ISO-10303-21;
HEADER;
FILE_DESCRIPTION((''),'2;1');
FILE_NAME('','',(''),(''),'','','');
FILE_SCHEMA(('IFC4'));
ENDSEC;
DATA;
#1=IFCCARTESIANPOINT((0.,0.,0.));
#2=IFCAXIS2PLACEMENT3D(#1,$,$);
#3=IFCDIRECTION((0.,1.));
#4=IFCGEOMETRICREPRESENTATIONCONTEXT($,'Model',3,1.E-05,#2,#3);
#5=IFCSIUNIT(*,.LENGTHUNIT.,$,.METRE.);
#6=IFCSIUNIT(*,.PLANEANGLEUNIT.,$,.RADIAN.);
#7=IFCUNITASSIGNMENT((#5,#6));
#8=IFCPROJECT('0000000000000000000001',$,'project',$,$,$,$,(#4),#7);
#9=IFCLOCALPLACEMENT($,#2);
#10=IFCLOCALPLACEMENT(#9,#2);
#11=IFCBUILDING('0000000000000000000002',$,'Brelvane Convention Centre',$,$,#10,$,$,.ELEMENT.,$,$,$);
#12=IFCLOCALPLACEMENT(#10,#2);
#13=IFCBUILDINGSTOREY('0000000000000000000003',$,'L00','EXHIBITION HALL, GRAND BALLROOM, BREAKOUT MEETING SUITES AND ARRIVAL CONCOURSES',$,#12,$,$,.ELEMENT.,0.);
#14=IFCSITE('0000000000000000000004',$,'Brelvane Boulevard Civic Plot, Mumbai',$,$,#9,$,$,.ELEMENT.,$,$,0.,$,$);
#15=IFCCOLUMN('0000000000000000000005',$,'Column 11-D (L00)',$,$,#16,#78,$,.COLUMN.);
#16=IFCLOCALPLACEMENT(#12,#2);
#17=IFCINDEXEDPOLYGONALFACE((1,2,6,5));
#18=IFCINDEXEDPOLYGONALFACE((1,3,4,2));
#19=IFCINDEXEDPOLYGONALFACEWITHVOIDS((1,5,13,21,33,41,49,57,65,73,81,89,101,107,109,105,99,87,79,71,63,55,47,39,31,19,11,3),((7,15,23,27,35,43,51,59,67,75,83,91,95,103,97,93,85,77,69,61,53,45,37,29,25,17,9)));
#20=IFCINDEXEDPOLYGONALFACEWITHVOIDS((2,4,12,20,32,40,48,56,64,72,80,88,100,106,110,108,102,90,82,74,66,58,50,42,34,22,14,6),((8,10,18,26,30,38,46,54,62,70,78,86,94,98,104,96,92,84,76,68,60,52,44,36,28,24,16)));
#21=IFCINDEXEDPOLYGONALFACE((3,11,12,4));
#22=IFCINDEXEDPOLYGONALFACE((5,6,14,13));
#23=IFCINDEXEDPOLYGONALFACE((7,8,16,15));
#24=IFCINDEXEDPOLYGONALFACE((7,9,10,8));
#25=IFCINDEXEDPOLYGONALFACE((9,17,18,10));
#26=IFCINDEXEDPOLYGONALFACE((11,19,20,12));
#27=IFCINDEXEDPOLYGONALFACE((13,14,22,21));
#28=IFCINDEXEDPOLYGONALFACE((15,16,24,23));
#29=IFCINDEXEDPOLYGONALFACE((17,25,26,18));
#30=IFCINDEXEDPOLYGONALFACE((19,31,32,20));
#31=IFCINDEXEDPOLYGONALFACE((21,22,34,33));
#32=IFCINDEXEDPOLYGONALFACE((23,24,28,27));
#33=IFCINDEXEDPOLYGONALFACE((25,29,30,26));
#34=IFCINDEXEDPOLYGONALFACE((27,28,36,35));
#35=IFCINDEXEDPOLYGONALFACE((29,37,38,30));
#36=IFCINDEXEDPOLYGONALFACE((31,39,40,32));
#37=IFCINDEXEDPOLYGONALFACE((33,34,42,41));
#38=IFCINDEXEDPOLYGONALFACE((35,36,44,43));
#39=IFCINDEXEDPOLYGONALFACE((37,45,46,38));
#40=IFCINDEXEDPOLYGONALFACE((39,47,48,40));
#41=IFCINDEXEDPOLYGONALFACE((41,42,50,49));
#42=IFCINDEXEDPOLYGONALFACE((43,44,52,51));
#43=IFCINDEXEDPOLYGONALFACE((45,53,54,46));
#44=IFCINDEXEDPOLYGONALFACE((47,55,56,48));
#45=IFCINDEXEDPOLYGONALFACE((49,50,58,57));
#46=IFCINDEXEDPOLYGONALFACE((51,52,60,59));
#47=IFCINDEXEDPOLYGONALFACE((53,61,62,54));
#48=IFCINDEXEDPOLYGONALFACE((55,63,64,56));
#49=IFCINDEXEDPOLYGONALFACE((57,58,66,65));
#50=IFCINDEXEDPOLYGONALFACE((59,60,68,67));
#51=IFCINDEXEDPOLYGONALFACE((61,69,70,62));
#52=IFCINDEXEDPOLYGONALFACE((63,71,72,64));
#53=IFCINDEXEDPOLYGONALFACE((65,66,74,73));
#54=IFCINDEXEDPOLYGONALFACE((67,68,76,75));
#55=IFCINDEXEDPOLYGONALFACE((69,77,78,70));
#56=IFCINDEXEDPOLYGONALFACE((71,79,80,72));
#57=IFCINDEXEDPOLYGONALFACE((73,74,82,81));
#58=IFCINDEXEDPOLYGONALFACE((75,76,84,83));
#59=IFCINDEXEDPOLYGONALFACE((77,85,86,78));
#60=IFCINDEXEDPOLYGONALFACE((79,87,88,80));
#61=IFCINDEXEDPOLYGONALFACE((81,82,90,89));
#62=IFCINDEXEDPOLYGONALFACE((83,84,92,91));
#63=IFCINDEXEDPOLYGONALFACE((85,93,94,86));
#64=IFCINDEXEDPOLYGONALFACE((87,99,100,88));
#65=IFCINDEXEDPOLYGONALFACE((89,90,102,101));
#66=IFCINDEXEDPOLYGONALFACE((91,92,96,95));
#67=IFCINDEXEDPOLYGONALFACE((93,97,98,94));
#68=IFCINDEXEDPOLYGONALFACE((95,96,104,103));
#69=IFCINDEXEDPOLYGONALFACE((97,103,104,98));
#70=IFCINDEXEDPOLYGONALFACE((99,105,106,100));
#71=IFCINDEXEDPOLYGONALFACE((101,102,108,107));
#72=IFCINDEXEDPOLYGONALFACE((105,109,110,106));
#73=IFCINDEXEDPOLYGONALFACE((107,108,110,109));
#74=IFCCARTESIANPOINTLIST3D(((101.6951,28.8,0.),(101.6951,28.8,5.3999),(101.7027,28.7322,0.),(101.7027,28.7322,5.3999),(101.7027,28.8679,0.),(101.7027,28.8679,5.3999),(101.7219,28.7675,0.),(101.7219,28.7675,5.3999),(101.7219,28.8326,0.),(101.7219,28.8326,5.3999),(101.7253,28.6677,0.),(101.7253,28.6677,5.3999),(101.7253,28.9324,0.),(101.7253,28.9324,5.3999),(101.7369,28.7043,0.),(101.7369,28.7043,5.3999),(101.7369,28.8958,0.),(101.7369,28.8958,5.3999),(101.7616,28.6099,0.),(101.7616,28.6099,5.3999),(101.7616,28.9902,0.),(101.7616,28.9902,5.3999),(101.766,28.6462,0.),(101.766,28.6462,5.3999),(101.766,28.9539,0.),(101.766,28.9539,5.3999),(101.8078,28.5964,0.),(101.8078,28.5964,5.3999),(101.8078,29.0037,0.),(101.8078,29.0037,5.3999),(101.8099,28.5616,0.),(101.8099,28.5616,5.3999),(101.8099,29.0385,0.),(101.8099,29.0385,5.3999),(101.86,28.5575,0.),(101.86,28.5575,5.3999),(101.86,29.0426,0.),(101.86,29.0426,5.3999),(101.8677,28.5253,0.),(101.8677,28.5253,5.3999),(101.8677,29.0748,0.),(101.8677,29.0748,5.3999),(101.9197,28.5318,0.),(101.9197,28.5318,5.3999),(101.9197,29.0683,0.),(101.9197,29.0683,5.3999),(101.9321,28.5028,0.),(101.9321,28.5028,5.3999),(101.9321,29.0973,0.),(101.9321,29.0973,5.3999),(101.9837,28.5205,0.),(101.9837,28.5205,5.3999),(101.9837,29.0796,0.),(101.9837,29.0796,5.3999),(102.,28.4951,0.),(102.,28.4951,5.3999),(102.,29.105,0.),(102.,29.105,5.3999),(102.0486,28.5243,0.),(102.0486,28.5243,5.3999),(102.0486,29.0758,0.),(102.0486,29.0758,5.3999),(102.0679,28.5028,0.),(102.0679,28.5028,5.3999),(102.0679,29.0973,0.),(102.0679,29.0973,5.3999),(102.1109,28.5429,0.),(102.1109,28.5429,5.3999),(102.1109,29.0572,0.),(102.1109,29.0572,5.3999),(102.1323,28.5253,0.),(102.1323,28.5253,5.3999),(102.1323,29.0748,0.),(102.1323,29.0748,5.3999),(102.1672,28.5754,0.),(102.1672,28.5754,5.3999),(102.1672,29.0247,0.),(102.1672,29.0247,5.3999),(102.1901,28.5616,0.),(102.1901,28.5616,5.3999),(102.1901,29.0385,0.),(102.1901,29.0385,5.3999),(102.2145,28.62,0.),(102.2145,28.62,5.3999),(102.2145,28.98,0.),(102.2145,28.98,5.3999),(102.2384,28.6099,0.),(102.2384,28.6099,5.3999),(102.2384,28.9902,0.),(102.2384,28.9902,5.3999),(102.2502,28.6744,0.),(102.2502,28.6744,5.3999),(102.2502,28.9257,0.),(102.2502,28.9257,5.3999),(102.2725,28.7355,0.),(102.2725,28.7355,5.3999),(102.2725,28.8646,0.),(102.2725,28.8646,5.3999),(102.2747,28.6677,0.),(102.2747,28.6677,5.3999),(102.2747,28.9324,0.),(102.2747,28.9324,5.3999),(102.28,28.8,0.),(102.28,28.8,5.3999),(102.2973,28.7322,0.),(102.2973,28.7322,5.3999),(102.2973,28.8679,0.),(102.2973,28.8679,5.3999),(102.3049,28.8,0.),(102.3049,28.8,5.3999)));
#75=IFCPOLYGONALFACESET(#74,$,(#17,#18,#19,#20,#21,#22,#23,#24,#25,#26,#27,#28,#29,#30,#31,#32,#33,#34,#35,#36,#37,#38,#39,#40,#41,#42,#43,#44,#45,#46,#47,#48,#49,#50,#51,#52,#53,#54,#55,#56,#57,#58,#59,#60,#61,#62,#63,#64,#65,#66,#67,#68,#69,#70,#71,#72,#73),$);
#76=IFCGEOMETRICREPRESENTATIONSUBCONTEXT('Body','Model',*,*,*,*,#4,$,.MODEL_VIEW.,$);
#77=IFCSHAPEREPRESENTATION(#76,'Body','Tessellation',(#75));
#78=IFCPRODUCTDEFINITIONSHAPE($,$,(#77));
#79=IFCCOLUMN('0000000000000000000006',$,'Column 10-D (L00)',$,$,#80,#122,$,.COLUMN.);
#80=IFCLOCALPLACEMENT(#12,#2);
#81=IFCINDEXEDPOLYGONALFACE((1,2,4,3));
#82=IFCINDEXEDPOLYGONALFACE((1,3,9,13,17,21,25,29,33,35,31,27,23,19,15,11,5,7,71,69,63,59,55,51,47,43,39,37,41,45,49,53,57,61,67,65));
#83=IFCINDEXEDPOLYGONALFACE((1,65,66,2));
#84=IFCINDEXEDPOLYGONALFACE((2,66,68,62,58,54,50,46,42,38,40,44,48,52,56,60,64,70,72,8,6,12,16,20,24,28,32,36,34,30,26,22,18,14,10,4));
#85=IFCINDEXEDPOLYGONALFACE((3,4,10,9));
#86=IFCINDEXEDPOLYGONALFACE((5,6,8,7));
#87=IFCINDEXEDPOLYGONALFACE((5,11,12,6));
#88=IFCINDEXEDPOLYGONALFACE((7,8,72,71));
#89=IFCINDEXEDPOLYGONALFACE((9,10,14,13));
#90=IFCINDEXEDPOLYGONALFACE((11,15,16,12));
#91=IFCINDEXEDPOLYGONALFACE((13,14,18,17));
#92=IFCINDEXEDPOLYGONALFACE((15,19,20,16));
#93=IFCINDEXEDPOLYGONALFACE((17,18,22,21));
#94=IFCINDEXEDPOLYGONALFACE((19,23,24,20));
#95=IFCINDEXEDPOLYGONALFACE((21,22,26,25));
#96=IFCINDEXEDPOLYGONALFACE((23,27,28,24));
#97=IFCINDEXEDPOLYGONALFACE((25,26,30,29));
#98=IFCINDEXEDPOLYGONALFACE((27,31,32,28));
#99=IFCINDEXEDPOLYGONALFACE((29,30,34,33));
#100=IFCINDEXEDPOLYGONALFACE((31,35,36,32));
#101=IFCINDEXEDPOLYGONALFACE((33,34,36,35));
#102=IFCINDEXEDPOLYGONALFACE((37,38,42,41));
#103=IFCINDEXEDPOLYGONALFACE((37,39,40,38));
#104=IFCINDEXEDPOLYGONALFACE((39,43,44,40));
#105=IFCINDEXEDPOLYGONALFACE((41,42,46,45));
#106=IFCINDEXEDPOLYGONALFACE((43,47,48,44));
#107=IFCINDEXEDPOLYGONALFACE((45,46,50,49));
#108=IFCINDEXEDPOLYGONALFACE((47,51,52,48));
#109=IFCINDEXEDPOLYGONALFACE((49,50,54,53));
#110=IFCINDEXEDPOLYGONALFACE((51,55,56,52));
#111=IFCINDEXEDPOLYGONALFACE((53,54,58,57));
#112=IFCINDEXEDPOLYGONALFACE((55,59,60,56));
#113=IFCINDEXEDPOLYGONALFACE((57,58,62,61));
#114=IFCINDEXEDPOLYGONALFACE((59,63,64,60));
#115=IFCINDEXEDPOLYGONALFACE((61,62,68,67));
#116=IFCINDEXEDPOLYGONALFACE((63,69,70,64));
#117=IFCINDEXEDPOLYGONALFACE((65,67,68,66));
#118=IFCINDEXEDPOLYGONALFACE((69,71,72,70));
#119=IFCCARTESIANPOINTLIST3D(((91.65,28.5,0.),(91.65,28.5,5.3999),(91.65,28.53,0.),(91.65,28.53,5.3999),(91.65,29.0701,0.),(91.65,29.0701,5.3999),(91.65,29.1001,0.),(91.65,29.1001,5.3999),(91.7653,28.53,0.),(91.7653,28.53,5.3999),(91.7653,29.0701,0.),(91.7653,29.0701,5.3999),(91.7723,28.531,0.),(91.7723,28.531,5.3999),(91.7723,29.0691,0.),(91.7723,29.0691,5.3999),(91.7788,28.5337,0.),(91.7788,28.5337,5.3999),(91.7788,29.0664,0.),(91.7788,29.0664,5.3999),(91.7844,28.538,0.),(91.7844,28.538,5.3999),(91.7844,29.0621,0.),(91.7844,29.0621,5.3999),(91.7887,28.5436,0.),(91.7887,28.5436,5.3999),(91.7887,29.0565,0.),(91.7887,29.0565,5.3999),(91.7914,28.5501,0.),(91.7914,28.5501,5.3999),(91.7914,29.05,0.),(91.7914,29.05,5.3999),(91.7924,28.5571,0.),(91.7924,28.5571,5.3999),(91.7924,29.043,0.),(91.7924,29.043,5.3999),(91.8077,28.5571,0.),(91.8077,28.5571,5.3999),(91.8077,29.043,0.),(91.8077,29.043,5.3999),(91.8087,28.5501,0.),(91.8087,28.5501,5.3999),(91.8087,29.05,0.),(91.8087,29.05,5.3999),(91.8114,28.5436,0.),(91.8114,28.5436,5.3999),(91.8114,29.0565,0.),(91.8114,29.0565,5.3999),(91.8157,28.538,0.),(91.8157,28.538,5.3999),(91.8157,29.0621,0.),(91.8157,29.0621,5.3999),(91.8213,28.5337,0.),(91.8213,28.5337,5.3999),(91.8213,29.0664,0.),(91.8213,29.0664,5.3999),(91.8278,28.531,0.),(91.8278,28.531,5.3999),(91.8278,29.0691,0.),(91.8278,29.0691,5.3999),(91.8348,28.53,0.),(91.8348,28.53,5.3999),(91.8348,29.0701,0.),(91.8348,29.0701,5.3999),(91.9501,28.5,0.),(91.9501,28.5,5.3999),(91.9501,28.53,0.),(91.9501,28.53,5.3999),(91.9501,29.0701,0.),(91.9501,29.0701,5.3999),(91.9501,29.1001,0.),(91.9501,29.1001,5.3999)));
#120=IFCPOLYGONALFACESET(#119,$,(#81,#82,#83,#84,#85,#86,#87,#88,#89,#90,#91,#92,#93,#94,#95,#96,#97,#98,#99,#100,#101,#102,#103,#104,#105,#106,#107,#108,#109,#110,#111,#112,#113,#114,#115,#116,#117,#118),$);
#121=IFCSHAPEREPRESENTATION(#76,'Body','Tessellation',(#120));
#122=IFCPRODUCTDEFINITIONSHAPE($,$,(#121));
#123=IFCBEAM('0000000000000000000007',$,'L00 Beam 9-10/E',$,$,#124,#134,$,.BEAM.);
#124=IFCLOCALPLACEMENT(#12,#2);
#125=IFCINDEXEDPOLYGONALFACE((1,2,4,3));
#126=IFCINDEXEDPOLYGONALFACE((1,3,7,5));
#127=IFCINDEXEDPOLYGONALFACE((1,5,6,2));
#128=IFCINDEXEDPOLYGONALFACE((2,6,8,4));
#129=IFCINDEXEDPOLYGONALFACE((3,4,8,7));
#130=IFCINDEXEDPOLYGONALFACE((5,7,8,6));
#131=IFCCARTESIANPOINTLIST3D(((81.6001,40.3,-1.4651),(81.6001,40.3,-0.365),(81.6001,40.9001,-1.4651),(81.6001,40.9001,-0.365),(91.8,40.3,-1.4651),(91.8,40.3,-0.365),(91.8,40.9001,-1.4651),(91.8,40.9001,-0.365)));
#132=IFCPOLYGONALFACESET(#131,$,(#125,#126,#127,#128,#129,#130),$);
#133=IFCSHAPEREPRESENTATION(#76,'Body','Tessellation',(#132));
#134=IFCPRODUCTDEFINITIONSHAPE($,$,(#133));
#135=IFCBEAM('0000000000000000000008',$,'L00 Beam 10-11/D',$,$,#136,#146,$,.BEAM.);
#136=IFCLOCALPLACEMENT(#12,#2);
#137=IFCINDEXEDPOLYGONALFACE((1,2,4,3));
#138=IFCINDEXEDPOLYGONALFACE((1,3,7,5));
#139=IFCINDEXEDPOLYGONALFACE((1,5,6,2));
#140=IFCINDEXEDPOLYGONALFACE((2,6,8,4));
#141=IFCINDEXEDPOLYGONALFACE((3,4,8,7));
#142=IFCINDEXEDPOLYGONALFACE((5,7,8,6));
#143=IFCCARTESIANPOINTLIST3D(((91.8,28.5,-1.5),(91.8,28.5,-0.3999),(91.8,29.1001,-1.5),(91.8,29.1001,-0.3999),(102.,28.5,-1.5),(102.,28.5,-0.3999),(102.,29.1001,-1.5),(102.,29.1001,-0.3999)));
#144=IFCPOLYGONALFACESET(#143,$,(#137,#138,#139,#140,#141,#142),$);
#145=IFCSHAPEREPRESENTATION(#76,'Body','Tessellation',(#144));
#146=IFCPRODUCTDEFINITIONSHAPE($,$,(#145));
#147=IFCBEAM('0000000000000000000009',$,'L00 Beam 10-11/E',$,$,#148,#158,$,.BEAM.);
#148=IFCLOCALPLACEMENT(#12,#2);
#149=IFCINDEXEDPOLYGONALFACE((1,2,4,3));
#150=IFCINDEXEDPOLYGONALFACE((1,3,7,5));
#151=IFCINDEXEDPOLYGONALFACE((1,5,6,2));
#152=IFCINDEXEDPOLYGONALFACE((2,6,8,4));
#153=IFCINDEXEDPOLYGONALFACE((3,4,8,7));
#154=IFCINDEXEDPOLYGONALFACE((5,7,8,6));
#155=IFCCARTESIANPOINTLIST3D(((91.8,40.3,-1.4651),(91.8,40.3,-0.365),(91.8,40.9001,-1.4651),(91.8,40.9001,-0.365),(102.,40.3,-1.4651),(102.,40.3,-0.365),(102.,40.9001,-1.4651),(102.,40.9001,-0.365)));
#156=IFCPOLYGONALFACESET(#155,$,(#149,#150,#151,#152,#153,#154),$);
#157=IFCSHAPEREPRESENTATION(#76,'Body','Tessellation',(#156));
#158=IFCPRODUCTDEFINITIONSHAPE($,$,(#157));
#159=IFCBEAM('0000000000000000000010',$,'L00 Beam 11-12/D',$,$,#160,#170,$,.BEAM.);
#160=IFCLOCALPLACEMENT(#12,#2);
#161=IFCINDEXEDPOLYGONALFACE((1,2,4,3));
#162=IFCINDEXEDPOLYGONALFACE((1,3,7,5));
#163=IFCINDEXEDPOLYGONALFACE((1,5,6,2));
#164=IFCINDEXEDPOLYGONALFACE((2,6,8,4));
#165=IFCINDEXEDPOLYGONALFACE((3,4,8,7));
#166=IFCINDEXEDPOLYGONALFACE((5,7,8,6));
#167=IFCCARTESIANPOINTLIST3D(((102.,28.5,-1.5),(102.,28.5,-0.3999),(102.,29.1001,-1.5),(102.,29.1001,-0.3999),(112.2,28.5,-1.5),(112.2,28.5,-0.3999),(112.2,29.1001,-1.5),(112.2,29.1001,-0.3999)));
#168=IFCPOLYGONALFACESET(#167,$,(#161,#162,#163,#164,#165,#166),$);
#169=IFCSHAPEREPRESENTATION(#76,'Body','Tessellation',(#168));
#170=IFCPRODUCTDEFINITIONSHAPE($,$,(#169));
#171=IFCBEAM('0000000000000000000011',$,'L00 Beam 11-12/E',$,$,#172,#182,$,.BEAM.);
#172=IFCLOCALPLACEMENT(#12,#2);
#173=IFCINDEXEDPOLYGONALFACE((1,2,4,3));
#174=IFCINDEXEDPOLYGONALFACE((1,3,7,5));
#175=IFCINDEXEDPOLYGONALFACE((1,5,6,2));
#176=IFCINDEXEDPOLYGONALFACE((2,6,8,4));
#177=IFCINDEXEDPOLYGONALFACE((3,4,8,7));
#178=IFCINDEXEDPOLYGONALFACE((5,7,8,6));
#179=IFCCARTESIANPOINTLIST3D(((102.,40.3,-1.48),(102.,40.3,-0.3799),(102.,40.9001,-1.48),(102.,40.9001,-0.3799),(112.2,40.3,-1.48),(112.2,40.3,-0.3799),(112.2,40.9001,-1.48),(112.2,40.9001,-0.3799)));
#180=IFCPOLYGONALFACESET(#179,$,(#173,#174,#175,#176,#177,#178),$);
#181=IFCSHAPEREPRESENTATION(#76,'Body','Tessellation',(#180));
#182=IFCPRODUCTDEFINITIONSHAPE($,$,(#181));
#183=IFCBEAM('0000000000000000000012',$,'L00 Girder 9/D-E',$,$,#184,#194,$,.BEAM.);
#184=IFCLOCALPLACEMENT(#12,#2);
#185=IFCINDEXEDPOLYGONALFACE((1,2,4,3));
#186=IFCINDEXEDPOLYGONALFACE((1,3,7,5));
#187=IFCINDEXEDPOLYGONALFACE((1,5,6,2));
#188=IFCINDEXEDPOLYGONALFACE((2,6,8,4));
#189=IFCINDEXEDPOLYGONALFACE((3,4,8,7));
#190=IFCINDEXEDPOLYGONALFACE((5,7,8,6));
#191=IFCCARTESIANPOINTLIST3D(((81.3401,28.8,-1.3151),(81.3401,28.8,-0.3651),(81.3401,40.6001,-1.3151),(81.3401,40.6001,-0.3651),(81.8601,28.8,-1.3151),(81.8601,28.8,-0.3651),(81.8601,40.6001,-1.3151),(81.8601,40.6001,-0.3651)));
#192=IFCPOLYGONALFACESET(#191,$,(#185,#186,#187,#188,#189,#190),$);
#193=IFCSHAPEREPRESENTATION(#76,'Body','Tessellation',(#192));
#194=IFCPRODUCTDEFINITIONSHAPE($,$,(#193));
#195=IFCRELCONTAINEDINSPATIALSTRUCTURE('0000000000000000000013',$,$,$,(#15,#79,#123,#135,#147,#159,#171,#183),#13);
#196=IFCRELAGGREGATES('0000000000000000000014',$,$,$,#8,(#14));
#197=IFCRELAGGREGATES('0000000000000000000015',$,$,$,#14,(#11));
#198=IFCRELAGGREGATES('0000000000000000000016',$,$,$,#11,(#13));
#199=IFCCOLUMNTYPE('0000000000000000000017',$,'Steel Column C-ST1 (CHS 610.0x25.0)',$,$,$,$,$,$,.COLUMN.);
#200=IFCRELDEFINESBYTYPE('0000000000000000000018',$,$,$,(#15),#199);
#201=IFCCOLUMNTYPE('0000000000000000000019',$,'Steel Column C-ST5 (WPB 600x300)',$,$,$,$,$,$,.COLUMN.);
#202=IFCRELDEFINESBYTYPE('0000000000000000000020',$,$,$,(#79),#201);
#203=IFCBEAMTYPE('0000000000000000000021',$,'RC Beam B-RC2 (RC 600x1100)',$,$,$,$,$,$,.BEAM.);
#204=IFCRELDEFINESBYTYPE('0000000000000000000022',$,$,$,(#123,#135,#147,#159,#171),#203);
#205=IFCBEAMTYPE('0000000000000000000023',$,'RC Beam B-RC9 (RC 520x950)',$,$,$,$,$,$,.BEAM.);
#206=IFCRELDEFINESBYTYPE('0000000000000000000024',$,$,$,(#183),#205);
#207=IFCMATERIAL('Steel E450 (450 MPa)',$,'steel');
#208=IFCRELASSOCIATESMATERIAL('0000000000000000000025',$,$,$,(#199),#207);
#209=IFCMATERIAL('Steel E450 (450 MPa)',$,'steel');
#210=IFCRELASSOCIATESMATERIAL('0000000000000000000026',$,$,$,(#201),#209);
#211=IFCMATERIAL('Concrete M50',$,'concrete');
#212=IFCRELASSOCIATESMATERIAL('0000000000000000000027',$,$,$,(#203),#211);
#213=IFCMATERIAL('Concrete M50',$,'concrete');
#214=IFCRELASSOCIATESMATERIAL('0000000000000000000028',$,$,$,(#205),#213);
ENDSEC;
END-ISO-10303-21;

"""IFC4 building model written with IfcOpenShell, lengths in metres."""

from ifc_helpers import new_model, si_unit, direction, frame, origin, origin_2d, place, context, subcontext, project, spatial, rectangle, hollow_circle, i_section, extrude, material, material_profile, profile_set, type_object, element, save


model = new_model("IFC4")

# Units and contexts
model_context = context("Model", 3, precision=1e-05, world=origin(), true_north=direction((0.0, 1.0)))
body_context = subcontext(model_context, "Body", "Model", "MODEL_VIEW")
ifc_project = project(units=[si_unit("LENGTHUNIT", "METRE"), si_unit("PLANEANGLEUNIT", "RADIAN")], contexts=[model_context])

# Site, building, storey
site_placement = place(None, origin())
site = spatial("IfcSite", under=ifc_project, at=site_placement, Name="Brelvane Boulevard Civic Plot, Mumbai", CompositionType="ELEMENT", RefElevation=0.0)
building_placement = place(site_placement, origin())
building = spatial("IfcBuilding", under=site, at=building_placement, Name="Brelvane Convention Centre", CompositionType="ELEMENT")
storey_placement = place(building_placement, origin())
storey = spatial("IfcBuildingStorey", under=building, at=storey_placement, Name="L00", Description="EXHIBITION HALL, GRAND BALLROOM, BREAKOUT MEETING SUITES AND ARRIVAL CONCOURSES", CompositionType="ELEMENT", Elevation=0.0)

# Columns
ifc_material_1 = material(Name="Steel E450 (450 MPa)", Category="steel")
ifc_material_profile_1 = material_profile(ifc_material_1, hollow_circle(Radius=0.3049, WallThickness=0.0249, at=origin_2d()), Name="CHS 610.0x25.0")
ifc_profile_set_1 = profile_set([ifc_material_profile_1], Name="Steel E450 (450 MPa)")
column_type_1 = type_object("IfcColumnType", Name="Steel Column C-ST1 (CHS 610.0x25.0)", PredefinedType="COLUMN", material=ifc_profile_set_1)
column_1_placement = place(storey_placement, frame((102.0, 28.8, 0.0), z_axis=(0.0, 0.0, 1.0), x_axis=(1.0, 0.0, 0.0)))
element("IfcColumn", 1, at=column_1_placement, inside=storey, type_object=column_type_1, Name="Column 11-D (L00)", PredefinedType="COLUMN", context=body_context, shape_type="SweptSolid", body=[
    extrude(hollow_circle(Radius=0.3049, WallThickness=0.0249, at=origin_2d()), origin(), (0.0, 0.0, 1.0), 5.3999),
])
ifc_material_2 = material(Name="Steel E450 (450 MPa)", Category="steel")
ifc_material_profile_2 = material_profile(ifc_material_2, i_section(OverallWidth=0.3, OverallDepth=0.6001, WebThickness=0.0154, FlangeThickness=0.03, FilletRadius=0.0271, at=origin_2d()), Name="WPB 600x300")
ifc_profile_set_2 = profile_set([ifc_material_profile_2], Name="Steel E450 (450 MPa)")
column_type_2 = type_object("IfcColumnType", Name="Steel Column C-ST5 (WPB 600x300)", PredefinedType="COLUMN", material=ifc_profile_set_2)
column_2_placement = place(storey_placement, frame((91.8, 28.8, 0.0), z_axis=(0.0, 0.0, 1.0), x_axis=(1.0, 0.0, 0.0)))
element("IfcColumn", 2, at=column_2_placement, inside=storey, type_object=column_type_2, Name="Column 10-D (L00)", PredefinedType="COLUMN", context=body_context, shape_type="SweptSolid", body=[
    extrude(i_section(OverallWidth=0.3, OverallDepth=0.6001, WebThickness=0.0154, FlangeThickness=0.03, FilletRadius=0.0271, at=origin_2d()), origin(), (0.0, 0.0, 1.0), 5.3999),
])

# Beams
ifc_material_3 = material(Name="Concrete M50", Category="concrete")
ifc_material_profile_3 = material_profile(ifc_material_3, rectangle(XDim=0.6001, YDim=1.1001, at=origin_2d()), Name="RC 600x1100")
ifc_profile_set_3 = profile_set([ifc_material_profile_3], Name="Concrete M50")
beam_type_1 = type_object("IfcBeamType", Name="RC Beam B-RC2 (RC 600x1100)", PredefinedType="BEAM", material=ifc_profile_set_3)
for number, where, z_axis, x_axis, name in (
    (3, (81.6001, 40.6001, -0.915), (1.0, 0.0, 0.0), (0.0, 1.0, 0.0), "L00 Beam 9-10/E"),
    (4, (91.8, 28.8, -0.95), (1.0, 0.0, 0.0), (0.0, 1.0, 0.0), "L00 Beam 10-11/D"),
    (5, (91.8, 40.6001, -0.915), (1.0, 0.0, 0.0), (0.0, 1.0, 0.0), "L00 Beam 10-11/E"),
    (6, (102.0, 28.8, -0.95), (1.0, 0.0, 0.0), (0.0, 1.0, 0.0), "L00 Beam 11-12/D"),
    (7, (102.0, 40.6001, -0.9299), (1.0, 0.0, 0.0), (0.0, 1.0, 0.0), "L00 Beam 11-12/E"),
):
    element("IfcBeam", number, at=place(storey_placement, frame(where, z_axis=z_axis, x_axis=x_axis)), inside=storey, type_object=beam_type_1, Name=name, PredefinedType="BEAM", context=body_context, shape_type="SweptSolid", body=[
        extrude(rectangle(XDim=0.6001, YDim=1.1001, at=origin_2d()), origin(), (0.0, 0.0, 1.0), 10.2),
    ])
ifc_material_4 = material(Name="Concrete M50", Category="concrete")
ifc_material_profile_4 = material_profile(ifc_material_4, rectangle(XDim=0.52, YDim=0.95, at=origin_2d()), Name="RC 520x950")
ifc_profile_set_4 = profile_set([ifc_material_profile_4], Name="Concrete M50")
beam_type_2 = type_object("IfcBeamType", Name="RC Beam B-RC9 (RC 520x950)", PredefinedType="BEAM", material=ifc_profile_set_4)
beam_1_placement = place(storey_placement, frame((81.6001, 28.8, -0.8401), z_axis=(0.0, 1.0, 0.0), x_axis=(-1.0, 0.0, 0.0)))
element("IfcBeam", 8, at=beam_1_placement, inside=storey, type_object=beam_type_2, Name="L00 Girder 9/D-E", PredefinedType="BEAM", context=body_context, shape_type="SweptSolid", body=[
    extrude(rectangle(XDim=0.52, YDim=0.95, at=origin_2d()), origin(), (0.0, 0.0, 1.0), 11.8),
])

save(model, "model.ifc")
